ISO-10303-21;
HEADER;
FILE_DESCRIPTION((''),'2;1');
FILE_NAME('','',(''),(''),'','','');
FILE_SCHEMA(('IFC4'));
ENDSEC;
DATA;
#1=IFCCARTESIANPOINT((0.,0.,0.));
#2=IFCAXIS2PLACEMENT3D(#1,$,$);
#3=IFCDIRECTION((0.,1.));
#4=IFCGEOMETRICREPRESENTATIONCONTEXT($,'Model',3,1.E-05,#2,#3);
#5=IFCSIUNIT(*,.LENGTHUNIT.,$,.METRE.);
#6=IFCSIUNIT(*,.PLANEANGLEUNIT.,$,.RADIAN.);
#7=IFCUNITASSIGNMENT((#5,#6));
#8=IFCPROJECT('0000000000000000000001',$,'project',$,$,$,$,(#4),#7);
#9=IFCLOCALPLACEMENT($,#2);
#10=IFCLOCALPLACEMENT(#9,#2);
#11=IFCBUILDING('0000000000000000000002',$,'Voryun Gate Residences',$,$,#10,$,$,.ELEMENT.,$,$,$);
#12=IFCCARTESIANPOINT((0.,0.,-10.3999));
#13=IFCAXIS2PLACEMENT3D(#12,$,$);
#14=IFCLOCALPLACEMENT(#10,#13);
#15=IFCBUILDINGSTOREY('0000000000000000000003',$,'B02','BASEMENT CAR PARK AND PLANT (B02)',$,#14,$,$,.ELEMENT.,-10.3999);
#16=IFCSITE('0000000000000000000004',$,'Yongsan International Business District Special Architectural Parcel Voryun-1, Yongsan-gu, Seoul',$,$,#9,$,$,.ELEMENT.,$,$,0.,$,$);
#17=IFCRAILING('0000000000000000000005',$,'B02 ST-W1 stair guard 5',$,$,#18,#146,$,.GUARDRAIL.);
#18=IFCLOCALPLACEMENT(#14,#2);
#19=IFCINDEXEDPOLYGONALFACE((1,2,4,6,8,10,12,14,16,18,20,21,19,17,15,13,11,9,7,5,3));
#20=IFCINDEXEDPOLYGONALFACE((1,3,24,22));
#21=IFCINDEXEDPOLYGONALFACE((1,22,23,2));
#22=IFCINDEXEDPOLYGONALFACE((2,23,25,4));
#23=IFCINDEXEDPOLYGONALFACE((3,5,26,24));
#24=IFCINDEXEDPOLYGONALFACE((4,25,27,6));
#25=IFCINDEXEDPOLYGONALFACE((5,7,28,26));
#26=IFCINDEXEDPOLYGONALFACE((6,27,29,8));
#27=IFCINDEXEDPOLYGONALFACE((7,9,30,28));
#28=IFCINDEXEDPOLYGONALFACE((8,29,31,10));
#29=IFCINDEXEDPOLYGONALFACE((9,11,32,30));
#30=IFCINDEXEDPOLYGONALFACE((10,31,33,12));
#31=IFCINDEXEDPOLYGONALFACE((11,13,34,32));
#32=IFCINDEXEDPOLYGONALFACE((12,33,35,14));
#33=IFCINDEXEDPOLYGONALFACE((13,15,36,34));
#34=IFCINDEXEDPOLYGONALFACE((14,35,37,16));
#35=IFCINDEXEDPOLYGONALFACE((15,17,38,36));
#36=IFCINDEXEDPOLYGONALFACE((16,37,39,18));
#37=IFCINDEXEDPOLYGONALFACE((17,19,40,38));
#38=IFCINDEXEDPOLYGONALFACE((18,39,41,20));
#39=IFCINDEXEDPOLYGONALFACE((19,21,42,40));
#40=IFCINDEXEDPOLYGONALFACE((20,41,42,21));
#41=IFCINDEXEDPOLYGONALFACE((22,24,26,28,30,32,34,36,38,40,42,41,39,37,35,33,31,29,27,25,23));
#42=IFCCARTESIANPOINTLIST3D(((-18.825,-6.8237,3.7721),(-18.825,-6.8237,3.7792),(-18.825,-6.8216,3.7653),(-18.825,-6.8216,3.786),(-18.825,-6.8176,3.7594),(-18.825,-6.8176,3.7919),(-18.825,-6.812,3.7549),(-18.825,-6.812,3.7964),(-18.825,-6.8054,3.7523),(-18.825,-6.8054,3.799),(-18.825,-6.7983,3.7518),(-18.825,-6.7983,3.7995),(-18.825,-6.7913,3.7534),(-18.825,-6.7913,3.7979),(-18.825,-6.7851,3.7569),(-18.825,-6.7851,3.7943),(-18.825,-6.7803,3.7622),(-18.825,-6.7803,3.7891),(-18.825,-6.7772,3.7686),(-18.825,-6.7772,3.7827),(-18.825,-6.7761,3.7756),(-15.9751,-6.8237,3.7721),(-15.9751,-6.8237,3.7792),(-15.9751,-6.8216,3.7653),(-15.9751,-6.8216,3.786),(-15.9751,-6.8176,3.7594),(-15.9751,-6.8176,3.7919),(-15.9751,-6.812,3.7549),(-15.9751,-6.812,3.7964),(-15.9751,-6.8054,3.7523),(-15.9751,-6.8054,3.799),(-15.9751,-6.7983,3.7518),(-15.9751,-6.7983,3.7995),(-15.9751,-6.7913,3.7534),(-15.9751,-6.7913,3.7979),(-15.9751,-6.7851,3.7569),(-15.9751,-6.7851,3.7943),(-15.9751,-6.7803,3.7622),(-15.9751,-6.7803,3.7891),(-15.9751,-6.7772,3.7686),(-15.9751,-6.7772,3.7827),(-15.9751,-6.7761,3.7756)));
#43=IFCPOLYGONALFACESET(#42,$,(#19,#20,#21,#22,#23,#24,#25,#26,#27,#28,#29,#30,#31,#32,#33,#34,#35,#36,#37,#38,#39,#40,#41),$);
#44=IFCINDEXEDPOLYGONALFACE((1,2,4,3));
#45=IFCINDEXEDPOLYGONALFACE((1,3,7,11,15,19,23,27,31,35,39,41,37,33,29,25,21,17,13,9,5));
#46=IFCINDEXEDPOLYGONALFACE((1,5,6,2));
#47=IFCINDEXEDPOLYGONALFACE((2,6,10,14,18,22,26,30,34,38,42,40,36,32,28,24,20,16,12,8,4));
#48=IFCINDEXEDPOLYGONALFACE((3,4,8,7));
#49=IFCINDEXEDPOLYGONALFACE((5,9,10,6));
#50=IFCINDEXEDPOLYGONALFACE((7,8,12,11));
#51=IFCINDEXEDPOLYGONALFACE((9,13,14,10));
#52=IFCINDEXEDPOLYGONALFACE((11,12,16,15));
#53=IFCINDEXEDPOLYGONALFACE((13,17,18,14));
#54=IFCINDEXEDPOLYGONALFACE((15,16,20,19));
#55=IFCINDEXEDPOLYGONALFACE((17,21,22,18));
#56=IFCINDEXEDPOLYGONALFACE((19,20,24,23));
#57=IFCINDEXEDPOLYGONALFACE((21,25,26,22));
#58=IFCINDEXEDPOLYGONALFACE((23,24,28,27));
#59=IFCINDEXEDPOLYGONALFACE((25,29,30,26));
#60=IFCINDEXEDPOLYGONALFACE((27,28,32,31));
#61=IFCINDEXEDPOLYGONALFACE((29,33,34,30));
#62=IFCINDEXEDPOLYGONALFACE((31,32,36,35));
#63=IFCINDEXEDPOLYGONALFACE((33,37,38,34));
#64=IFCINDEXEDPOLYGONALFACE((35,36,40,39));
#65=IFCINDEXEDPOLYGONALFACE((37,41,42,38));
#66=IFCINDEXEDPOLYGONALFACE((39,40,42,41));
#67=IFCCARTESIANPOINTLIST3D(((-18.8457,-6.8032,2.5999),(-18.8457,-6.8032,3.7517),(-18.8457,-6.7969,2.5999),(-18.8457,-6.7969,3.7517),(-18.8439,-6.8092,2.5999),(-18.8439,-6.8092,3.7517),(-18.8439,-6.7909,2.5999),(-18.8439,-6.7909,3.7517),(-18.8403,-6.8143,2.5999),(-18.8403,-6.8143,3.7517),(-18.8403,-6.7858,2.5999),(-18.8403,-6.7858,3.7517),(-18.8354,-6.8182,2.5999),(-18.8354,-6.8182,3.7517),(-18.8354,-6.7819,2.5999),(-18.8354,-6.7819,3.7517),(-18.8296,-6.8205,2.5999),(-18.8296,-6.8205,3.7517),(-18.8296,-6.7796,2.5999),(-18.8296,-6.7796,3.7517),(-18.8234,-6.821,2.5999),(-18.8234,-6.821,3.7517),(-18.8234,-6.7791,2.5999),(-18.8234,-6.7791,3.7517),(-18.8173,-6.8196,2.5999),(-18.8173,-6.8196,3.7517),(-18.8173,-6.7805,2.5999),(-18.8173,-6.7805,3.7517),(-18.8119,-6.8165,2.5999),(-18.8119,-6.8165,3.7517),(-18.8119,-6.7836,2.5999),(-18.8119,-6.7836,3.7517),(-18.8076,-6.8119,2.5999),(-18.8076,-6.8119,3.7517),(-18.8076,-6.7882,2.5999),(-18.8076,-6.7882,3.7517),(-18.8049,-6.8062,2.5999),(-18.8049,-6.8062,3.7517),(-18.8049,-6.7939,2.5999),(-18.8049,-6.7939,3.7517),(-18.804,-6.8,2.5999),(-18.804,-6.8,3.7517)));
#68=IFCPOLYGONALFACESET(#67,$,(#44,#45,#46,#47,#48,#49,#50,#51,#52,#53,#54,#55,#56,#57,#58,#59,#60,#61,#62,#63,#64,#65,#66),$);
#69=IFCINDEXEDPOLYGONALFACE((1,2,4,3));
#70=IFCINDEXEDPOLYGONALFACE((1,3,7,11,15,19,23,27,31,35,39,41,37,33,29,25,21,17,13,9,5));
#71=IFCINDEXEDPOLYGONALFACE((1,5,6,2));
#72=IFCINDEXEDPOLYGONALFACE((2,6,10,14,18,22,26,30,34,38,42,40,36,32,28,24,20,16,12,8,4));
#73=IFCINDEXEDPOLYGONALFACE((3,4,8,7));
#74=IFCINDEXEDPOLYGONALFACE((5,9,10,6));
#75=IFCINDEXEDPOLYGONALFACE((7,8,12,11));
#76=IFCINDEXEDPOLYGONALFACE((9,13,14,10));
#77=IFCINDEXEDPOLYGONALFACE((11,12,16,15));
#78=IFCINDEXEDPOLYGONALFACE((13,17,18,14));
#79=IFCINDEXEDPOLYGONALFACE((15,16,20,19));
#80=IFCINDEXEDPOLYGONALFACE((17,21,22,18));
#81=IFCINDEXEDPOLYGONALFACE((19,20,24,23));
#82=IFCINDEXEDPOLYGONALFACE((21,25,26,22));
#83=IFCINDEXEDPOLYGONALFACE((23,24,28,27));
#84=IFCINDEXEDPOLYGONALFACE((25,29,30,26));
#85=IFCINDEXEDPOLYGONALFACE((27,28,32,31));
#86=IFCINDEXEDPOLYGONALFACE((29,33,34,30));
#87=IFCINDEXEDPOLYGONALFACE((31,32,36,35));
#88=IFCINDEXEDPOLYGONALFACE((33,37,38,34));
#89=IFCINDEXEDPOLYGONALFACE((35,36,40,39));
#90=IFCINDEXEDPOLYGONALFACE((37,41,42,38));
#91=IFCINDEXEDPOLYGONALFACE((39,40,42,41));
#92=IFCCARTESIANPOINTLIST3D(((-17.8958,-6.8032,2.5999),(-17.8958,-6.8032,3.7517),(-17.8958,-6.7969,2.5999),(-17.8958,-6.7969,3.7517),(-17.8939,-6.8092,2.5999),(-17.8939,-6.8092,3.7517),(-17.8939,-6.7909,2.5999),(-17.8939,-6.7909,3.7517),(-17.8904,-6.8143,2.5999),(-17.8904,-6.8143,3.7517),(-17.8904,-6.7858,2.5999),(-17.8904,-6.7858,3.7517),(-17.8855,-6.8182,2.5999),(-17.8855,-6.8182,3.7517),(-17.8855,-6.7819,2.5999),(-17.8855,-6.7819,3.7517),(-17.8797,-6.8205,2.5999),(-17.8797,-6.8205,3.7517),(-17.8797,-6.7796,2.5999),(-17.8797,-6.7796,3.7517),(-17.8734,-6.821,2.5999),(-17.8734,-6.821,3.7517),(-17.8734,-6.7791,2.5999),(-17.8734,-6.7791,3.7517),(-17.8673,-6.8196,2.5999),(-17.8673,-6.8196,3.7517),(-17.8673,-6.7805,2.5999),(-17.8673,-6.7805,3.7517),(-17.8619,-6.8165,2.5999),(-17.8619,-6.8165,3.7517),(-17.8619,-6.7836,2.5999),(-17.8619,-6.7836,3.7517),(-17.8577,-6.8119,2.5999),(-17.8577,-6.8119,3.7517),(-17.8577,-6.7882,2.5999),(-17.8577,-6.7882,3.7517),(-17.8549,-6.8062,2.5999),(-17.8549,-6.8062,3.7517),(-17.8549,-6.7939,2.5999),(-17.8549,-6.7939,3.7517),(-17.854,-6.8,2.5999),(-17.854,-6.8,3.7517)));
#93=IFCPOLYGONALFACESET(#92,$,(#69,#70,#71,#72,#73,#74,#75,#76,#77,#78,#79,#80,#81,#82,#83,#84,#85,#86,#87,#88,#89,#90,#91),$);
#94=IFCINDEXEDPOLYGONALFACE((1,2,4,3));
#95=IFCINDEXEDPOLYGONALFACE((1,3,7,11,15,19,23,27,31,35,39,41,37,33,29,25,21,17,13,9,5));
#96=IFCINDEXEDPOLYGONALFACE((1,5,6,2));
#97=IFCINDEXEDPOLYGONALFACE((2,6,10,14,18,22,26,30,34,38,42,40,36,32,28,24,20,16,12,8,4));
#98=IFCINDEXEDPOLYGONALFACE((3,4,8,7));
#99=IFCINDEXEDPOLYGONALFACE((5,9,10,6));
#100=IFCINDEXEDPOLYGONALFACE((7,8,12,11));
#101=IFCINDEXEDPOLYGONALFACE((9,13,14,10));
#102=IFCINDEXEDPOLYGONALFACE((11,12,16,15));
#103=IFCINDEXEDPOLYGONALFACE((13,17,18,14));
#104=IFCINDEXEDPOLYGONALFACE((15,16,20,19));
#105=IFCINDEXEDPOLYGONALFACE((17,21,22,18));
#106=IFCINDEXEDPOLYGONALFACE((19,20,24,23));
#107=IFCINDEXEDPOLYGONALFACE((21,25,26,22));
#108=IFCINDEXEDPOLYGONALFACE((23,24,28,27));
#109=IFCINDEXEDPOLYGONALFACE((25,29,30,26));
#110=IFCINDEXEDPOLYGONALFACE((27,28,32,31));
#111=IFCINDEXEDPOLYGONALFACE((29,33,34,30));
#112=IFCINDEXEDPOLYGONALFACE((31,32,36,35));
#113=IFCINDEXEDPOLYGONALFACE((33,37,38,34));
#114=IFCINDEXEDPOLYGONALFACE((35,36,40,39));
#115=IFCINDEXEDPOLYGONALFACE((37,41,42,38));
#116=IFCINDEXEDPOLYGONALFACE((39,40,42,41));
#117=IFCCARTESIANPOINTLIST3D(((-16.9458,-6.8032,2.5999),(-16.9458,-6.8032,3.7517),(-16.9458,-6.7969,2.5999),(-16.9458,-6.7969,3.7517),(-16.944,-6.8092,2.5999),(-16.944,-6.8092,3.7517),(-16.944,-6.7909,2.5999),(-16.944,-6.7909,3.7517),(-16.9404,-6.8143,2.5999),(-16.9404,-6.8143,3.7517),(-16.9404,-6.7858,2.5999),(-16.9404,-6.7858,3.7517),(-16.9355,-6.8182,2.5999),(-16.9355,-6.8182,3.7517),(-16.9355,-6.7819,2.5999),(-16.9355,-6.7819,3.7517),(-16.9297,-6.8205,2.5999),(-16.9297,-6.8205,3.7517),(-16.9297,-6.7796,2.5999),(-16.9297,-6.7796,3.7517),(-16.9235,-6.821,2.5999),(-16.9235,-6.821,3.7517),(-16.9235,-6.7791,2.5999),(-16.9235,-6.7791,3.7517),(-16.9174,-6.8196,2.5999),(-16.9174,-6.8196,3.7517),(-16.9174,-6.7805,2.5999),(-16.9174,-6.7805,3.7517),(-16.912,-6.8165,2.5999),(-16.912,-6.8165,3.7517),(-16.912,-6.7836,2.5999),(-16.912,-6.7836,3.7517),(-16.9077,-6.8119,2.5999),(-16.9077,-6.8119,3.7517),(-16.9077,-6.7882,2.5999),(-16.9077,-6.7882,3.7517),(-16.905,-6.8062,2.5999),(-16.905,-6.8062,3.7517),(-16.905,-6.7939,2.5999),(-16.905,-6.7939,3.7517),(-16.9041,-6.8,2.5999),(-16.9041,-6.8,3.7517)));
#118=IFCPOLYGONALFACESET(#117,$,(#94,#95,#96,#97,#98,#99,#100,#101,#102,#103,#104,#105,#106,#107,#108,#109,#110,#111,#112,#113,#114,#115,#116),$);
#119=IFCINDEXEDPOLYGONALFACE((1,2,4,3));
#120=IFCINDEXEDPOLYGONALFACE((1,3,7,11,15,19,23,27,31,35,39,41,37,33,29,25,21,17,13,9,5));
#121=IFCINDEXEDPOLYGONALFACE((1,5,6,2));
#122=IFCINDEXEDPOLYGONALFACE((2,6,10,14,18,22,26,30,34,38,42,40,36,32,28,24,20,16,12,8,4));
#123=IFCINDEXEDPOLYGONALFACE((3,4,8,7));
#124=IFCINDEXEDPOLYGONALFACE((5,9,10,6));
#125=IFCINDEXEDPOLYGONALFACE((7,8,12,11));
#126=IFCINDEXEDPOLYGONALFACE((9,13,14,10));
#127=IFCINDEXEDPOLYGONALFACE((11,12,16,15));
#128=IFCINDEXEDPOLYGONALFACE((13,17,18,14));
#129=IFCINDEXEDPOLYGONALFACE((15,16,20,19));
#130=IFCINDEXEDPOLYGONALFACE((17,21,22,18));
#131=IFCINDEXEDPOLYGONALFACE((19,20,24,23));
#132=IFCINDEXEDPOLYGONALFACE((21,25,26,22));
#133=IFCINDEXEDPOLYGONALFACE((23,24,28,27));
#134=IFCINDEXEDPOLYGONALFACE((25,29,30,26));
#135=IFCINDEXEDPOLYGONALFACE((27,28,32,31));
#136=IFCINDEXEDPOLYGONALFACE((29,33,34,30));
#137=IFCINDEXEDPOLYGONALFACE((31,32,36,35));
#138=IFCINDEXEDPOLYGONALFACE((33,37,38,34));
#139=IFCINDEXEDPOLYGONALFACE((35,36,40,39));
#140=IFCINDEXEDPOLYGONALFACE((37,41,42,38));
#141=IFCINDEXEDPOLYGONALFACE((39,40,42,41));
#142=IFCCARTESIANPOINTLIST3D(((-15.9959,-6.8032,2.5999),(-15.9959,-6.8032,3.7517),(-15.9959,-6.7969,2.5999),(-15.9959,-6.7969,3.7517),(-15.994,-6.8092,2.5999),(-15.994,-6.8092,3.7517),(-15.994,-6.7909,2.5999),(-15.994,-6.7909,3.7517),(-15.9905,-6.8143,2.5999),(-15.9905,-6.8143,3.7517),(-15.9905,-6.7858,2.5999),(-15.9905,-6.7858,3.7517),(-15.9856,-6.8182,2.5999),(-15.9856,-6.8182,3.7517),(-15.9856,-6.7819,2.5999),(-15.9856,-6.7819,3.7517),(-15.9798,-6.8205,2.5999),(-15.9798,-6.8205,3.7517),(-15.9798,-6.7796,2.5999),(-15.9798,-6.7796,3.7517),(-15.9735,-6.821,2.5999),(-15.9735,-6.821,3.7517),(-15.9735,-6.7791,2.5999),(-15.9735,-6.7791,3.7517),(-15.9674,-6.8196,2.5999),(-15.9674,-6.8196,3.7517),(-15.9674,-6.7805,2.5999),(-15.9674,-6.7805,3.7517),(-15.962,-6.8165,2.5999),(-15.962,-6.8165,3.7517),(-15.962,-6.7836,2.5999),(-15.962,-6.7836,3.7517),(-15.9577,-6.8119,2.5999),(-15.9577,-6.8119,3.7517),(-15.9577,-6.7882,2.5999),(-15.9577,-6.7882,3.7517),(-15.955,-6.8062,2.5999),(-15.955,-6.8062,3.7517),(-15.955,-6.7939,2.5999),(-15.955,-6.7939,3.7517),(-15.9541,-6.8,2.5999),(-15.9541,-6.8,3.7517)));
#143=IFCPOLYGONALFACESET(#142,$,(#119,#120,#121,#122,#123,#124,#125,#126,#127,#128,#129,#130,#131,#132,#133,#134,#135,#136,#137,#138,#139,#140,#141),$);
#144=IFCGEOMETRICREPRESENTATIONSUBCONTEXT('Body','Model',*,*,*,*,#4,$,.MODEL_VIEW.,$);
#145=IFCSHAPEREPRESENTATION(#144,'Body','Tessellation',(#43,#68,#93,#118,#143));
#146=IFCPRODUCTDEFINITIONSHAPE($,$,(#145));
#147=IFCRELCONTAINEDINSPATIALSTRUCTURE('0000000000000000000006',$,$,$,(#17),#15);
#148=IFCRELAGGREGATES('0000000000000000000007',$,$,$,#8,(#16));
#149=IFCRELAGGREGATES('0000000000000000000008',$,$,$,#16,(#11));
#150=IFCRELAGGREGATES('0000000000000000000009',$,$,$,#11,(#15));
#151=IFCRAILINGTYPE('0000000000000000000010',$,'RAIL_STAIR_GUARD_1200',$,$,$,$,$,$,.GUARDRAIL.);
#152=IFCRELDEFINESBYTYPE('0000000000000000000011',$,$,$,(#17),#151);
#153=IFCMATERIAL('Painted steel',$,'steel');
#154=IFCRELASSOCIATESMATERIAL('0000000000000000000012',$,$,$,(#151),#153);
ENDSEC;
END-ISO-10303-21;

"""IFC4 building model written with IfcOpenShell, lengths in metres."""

from ifc_helpers import new_model, si_unit, direction, frame, origin, origin_2d, place, context, subcontext, project, spatial, circle, extrude, material, type_object, element, save


model = new_model("IFC4")

# Units and contexts
model_context = context("Model", 3, precision=1e-05, world=origin(), true_north=direction((0.0, 1.0)))
body_context = subcontext(model_context, "Body", "Model", "MODEL_VIEW")
ifc_project = project(units=[si_unit("LENGTHUNIT", "METRE"), si_unit("PLANEANGLEUNIT", "RADIAN")], contexts=[model_context])

# Site, building, storey
site_placement = place(None, origin())
site = spatial("IfcSite", under=ifc_project, at=site_placement, Name="Yongsan International Business District Special Architectural Parcel Voryun-1, Yongsan-gu, Seoul", CompositionType="ELEMENT", RefElevation=0.0)
building_placement = place(site_placement, origin())
building = spatial("IfcBuilding", under=site, at=building_placement, Name="Voryun Gate Residences", CompositionType="ELEMENT")
storey_placement = place(building_placement, frame((0.0, 0.0, -10.3999)))
storey = spatial("IfcBuildingStorey", under=building, at=storey_placement, Name="B02", Description="BASEMENT CAR PARK AND PLANT (B02)", CompositionType="ELEMENT", Elevation=-10.3999)

# Railing
ifc_material_1 = material(Name="Painted steel", Category="steel")
railing_type_1 = type_object("IfcRailingType", Name="RAIL_STAIR_GUARD_1200", PredefinedType="GUARDRAIL", material=ifc_material_1)
railing_1_placement = place(storey_placement, frame((-18.825, -6.8, 2.5999)))
element("IfcRailing", 1, at=railing_1_placement, inside=storey, type_object=railing_type_1, Name="B02 ST-W1 stair guard 5", PredefinedType="GUARDRAIL", context=body_context, shape_type="SweptSolid", body=[
    extrude(circle(Radius=0.0239, at=origin_2d()), frame((0.0, 0.0, 1.1758), z_axis=(1.0, 0.0, 0.0), x_axis=(0.0, 1.0, 0.0)), (0.0, 0.0, 1.0), 2.8499),
    extrude(circle(Radius=0.021, at=origin_2d()), origin(), (0.0, 0.0, 1.0), 1.1519),
    extrude(circle(Radius=0.021, at=origin_2d()), frame((0.95, 0.0, 0.0)), (0.0, 0.0, 1.0), 1.1519),
    extrude(circle(Radius=0.021, at=origin_2d()), frame((1.8999, 0.0, 0.0)), (0.0, 0.0, 1.0), 1.1519),
    extrude(circle(Radius=0.021, at=origin_2d()), frame((2.8499, 0.0, 0.0)), (0.0, 0.0, 1.0), 1.1519),
])

save(model, "model.ifc")
